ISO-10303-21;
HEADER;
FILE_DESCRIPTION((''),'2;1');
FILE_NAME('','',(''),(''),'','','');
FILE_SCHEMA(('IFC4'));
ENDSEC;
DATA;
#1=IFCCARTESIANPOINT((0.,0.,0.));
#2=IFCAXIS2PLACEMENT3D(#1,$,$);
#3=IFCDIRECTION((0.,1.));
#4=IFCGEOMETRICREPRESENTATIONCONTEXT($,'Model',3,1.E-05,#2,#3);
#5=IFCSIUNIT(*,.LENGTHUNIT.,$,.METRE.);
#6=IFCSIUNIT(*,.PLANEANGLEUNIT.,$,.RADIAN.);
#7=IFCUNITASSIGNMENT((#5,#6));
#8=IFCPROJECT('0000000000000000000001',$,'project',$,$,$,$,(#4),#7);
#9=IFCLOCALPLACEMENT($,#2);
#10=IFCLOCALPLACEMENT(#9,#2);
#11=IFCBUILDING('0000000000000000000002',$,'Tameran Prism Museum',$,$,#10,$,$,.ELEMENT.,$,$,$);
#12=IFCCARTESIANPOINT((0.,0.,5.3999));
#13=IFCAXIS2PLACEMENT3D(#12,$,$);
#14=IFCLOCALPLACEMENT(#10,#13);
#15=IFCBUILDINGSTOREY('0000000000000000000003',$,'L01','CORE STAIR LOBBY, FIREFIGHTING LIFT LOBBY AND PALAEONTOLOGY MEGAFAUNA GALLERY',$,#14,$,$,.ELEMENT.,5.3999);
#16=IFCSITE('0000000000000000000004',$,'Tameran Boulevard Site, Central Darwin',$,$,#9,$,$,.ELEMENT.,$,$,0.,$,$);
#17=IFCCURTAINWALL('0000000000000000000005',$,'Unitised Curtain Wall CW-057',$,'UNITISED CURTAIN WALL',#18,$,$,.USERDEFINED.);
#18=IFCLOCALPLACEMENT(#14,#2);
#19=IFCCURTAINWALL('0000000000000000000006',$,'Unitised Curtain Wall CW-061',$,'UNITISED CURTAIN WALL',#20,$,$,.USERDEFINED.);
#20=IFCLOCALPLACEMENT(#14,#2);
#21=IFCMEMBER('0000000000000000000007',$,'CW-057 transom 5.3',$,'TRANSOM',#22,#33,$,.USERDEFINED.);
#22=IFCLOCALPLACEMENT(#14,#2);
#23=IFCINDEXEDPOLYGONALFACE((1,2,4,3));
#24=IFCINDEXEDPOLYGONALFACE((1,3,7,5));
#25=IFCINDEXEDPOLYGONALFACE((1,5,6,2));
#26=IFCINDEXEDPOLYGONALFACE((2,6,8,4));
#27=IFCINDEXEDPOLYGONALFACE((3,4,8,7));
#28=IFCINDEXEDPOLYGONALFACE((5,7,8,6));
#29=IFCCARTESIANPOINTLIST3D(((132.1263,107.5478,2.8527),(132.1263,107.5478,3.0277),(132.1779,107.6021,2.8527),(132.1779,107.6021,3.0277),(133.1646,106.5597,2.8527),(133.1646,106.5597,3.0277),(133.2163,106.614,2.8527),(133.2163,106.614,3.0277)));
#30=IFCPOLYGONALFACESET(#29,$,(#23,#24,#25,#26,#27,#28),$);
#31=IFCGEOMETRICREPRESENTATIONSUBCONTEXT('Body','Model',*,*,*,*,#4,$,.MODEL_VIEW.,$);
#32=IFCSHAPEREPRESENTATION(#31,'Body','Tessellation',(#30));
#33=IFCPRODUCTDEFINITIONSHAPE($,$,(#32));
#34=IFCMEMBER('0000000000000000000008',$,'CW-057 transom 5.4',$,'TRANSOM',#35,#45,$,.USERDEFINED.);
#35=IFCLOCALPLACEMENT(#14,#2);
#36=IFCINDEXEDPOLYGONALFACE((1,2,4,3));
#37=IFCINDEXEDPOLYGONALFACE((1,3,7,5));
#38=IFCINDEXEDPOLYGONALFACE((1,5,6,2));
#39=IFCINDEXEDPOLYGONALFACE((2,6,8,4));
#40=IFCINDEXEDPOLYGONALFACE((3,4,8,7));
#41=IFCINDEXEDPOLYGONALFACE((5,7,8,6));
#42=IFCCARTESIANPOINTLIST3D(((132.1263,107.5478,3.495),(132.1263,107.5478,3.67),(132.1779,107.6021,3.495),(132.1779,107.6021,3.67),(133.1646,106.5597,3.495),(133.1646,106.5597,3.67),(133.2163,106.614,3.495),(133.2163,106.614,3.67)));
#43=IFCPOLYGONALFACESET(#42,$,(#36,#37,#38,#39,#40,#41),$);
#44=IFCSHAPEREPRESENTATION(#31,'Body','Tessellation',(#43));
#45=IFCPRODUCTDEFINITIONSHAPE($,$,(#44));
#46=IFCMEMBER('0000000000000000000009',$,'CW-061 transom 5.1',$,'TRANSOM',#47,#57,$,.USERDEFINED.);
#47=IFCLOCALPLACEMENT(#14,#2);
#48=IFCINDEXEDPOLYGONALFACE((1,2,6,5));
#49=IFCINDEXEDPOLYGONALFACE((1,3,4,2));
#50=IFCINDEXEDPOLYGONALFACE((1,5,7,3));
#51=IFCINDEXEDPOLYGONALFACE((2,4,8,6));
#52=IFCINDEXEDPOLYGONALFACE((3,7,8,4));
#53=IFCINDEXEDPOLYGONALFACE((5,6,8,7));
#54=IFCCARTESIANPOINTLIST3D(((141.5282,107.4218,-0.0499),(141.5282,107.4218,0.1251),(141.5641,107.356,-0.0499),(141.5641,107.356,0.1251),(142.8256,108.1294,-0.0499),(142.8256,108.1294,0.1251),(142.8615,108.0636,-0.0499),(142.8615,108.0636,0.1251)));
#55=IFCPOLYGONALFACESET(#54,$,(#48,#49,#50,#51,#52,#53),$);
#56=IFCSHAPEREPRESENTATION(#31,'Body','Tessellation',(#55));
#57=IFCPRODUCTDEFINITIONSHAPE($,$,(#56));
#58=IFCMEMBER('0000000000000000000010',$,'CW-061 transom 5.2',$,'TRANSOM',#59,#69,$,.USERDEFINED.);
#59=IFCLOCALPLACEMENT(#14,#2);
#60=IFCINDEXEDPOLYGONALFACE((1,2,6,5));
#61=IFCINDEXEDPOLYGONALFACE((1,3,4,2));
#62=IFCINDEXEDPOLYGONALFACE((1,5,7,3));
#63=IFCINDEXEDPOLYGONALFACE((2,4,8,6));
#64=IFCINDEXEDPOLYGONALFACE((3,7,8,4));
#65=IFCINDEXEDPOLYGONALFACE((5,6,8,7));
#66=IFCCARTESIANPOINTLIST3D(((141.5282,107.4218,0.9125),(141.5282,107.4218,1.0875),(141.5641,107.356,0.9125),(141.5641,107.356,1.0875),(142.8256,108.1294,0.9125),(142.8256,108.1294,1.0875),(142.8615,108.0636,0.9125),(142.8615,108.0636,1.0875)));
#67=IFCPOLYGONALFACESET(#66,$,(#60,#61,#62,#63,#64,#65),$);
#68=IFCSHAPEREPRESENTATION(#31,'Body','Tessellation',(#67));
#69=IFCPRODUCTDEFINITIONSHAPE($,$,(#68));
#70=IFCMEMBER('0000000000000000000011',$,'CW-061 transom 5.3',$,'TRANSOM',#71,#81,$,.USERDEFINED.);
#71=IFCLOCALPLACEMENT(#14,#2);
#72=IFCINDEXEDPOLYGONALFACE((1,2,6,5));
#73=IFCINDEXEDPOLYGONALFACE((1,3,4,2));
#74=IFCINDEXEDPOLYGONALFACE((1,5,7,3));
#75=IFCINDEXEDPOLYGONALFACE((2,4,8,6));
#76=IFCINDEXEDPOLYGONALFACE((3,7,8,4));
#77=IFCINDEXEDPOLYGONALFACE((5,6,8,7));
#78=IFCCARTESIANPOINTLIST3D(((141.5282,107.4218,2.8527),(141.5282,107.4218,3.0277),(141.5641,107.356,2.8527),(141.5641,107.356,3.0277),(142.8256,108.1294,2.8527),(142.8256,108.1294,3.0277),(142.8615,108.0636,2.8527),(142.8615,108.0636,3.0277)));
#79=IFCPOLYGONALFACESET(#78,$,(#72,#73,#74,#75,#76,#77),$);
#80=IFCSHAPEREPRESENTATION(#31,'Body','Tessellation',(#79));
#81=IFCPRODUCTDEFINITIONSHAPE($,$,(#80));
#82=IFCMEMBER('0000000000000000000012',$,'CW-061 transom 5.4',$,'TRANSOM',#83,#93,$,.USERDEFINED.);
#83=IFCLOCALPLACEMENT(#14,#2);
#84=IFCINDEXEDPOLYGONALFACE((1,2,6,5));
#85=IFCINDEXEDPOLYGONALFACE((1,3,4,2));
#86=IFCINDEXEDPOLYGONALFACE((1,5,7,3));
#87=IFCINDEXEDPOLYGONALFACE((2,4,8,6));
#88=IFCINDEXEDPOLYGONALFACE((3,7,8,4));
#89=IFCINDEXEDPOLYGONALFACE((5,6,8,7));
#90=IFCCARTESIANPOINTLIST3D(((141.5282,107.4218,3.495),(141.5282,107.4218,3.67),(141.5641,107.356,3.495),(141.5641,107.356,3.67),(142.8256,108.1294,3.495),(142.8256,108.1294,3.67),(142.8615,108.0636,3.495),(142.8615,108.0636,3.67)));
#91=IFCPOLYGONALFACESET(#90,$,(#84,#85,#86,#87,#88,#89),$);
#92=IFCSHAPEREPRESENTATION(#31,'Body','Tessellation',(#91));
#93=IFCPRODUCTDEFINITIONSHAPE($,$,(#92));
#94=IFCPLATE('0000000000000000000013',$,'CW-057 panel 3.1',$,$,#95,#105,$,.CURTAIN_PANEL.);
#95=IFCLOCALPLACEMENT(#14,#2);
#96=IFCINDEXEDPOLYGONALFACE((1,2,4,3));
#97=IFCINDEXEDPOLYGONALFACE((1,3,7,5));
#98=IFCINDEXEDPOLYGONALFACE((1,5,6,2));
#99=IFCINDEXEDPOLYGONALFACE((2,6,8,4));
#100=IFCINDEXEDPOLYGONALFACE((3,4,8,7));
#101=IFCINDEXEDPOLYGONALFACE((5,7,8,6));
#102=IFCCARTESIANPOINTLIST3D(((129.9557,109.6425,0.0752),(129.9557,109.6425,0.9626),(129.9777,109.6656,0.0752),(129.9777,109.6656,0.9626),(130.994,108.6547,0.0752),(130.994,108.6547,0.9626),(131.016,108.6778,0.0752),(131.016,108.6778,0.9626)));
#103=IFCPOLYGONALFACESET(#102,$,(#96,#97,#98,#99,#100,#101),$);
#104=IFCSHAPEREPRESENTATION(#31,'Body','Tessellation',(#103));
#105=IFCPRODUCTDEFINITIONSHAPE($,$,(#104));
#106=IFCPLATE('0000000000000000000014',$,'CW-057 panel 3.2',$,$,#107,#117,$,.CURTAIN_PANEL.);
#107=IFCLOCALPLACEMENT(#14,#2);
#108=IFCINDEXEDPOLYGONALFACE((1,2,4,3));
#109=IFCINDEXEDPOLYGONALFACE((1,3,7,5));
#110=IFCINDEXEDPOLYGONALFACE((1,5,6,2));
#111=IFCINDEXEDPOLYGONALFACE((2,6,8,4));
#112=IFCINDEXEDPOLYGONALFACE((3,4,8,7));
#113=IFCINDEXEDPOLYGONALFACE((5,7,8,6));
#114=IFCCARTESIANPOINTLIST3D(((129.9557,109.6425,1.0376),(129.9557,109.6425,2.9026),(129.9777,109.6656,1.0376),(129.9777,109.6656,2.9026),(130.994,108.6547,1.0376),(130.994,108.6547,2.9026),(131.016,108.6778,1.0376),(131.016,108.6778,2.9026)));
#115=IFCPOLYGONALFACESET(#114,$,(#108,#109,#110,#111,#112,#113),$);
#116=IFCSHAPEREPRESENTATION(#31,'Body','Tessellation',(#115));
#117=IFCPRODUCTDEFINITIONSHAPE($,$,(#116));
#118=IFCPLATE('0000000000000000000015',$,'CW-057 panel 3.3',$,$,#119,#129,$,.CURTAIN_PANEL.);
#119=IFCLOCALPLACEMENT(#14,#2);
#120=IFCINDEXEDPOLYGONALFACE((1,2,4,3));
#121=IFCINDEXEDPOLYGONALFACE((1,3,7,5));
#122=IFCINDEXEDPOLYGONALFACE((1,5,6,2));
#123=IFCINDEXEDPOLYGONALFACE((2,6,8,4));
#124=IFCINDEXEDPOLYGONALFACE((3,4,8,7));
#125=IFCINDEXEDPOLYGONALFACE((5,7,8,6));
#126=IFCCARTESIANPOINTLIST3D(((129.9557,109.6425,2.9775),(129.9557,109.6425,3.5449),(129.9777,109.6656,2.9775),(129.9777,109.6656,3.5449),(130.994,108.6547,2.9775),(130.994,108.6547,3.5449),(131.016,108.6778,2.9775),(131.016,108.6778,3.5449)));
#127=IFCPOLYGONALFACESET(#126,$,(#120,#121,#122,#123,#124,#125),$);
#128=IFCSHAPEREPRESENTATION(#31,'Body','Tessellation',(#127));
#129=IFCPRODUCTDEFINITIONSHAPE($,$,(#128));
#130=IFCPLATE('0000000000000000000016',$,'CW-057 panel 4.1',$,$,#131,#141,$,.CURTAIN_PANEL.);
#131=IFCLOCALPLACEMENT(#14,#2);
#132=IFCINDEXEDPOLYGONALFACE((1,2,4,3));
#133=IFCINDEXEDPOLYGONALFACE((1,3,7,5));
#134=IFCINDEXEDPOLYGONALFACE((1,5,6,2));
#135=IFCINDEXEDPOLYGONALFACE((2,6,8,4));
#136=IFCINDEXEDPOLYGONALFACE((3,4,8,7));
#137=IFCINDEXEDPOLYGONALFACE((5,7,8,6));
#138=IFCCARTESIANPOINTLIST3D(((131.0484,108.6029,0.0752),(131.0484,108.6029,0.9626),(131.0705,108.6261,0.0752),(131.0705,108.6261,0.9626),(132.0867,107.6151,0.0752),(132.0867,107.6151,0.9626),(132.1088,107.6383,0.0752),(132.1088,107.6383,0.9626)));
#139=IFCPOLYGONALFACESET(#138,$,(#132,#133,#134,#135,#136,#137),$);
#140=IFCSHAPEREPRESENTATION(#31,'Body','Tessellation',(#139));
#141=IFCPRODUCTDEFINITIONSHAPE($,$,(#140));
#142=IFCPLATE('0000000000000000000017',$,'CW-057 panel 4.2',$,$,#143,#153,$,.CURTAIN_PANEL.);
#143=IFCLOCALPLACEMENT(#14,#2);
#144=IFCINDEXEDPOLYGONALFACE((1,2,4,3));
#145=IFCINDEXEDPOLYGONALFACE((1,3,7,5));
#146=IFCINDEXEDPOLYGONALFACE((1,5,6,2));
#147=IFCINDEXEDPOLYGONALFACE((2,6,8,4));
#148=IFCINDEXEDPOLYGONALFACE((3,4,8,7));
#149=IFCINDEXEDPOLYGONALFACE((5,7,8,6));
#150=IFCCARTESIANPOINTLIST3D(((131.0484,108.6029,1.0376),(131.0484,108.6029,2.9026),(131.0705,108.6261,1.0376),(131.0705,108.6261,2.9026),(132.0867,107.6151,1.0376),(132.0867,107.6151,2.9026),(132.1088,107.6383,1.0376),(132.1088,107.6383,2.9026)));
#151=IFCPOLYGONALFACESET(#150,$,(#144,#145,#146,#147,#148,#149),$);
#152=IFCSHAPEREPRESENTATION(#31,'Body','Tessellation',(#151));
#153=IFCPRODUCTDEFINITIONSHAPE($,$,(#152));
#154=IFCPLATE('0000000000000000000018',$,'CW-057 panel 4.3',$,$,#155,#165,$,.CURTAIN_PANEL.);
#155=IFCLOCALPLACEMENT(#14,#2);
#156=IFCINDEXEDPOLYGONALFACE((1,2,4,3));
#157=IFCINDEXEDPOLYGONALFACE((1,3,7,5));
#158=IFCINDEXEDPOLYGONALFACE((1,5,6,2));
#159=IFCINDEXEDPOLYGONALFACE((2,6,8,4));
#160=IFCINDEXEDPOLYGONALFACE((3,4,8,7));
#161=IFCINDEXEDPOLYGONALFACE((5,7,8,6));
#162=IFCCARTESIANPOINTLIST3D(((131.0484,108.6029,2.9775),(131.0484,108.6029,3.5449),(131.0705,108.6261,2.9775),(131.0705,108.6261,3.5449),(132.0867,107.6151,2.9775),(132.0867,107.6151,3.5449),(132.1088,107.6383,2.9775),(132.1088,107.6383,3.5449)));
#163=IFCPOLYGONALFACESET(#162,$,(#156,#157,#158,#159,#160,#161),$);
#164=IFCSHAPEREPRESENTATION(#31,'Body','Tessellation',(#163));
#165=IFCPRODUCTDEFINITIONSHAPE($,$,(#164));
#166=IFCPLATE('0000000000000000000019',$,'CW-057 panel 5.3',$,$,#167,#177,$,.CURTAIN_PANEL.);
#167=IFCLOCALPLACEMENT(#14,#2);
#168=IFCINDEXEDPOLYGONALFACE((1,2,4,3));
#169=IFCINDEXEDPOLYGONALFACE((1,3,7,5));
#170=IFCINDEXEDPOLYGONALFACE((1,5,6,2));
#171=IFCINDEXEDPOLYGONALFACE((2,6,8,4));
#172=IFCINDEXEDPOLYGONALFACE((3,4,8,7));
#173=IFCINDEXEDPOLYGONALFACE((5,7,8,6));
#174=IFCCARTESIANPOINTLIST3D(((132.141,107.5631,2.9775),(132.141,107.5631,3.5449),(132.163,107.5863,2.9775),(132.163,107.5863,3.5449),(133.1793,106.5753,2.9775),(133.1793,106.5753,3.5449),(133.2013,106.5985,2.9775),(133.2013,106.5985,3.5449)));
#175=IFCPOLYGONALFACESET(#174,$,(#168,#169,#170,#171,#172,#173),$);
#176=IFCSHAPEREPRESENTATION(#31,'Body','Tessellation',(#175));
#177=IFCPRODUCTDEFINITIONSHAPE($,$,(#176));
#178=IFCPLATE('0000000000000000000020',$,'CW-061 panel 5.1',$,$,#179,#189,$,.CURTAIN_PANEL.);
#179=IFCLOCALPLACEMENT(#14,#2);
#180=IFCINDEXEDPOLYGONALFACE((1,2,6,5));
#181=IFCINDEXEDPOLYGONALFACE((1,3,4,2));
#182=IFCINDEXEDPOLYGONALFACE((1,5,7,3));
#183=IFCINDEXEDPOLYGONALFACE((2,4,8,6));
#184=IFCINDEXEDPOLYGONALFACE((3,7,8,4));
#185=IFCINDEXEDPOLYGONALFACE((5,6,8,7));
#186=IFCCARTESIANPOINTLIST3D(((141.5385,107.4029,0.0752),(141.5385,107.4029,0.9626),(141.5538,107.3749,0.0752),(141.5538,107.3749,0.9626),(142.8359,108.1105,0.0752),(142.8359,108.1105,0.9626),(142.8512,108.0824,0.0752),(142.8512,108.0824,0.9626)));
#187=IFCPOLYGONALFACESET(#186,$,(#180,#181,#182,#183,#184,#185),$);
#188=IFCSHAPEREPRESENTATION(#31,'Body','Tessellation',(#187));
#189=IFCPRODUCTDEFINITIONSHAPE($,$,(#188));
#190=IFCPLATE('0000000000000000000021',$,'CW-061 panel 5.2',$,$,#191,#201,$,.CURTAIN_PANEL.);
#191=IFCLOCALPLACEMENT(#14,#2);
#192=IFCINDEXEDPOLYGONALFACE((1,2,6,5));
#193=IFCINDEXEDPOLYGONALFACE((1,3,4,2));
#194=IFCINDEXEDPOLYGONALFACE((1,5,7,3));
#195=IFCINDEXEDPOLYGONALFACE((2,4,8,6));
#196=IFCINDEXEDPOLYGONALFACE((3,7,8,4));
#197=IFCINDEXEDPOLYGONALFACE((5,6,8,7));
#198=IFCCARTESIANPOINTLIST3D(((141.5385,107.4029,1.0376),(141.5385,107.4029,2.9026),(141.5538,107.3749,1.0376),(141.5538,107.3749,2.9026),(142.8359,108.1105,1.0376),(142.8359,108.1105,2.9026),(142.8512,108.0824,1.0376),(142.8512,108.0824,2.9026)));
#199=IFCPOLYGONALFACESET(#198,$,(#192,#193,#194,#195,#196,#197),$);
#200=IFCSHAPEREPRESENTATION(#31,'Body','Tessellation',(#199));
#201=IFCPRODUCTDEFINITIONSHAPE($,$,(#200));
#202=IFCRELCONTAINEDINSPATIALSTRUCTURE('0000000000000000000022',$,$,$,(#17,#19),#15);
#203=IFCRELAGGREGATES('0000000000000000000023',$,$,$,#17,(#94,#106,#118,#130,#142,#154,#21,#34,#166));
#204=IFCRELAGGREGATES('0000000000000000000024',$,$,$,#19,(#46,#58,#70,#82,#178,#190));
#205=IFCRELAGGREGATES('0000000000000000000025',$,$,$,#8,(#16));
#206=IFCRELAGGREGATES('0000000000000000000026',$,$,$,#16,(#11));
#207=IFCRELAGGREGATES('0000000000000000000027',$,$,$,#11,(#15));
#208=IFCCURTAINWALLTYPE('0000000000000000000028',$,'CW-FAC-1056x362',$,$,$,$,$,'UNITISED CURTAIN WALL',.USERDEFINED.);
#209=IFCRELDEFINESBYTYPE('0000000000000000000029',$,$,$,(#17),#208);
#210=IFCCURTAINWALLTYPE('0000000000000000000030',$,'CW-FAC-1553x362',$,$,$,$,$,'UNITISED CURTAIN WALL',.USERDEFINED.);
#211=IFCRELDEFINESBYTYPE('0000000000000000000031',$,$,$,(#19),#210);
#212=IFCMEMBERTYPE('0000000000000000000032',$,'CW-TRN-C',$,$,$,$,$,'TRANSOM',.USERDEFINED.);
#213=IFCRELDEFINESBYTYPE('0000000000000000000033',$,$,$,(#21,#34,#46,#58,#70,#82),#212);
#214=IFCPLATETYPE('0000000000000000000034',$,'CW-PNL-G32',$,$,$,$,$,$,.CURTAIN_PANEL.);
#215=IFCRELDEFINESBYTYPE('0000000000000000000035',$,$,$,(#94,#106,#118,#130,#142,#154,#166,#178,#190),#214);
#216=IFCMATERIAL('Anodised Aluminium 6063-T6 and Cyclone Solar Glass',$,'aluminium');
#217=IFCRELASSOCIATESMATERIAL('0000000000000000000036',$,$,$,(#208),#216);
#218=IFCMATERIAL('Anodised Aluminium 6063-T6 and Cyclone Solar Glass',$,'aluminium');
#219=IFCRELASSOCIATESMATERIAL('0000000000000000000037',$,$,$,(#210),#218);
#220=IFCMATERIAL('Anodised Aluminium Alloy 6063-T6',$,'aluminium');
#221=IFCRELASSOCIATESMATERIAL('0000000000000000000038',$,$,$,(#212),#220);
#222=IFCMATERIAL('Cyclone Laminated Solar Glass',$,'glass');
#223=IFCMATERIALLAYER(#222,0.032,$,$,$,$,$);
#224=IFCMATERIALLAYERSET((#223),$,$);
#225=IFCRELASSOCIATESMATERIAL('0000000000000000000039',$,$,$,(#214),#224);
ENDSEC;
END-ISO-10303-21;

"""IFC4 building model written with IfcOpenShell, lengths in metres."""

from ifc_helpers import new_model, si_unit, direction, frame, origin, origin_2d, place, context, subcontext, project, spatial, rectangle, extrude, material, layer, layer_set, material_profile, profile_set, type_object, element, aggregate, save


model = new_model("IFC4")

# Units and contexts
model_context = context("Model", 3, precision=1e-05, world=origin(), true_north=direction((0.0, 1.0)))
body_context = subcontext(model_context, "Body", "Model", "MODEL_VIEW")
ifc_project = project(units=[si_unit("LENGTHUNIT", "METRE"), si_unit("PLANEANGLEUNIT", "RADIAN")], contexts=[model_context])

# Site, building, storey
site_placement = place(None, origin())
site = spatial("IfcSite", under=ifc_project, at=site_placement, Name="Tameran Boulevard Site, Central Darwin", CompositionType="ELEMENT", RefElevation=0.0)
building_placement = place(site_placement, origin())
building = spatial("IfcBuilding", under=site, at=building_placement, Name="Tameran Prism Museum", CompositionType="ELEMENT")
storey_placement = place(building_placement, frame((0.0, 0.0, 5.3999)))
storey = spatial("IfcBuildingStorey", under=building, at=storey_placement, Name="L01", Description="CORE STAIR LOBBY, FIREFIGHTING LIFT LOBBY AND PALAEONTOLOGY MEGAFAUNA GALLERY", CompositionType="ELEMENT", Elevation=5.3999)

# Curtain wall
ifc_material_1 = material(Name="Anodised Aluminium 6063-T6 and Cyclone Solar Glass", Category="aluminium")
curtain_wall_type_1 = type_object("IfcCurtainWallType", Name="CW-FAC-1056x362", ElementType="UNITISED CURTAIN WALL", PredefinedType="USERDEFINED", material=ifc_material_1)
curtain_wall_1_placement = place(storey_placement, origin())
curtain_wall_1 = element("IfcCurtainWall", 1, at=curtain_wall_1_placement, inside=storey, type_object=curtain_wall_type_1, Name="Unitised Curtain Wall CW-057", ObjectType="UNITISED CURTAIN WALL", PredefinedType="USERDEFINED")

# Curtain wall
ifc_material_2 = material(Name="Anodised Aluminium 6063-T6 and Cyclone Solar Glass", Category="aluminium")
curtain_wall_type_2 = type_object("IfcCurtainWallType", Name="CW-FAC-1553x362", ElementType="UNITISED CURTAIN WALL", PredefinedType="USERDEFINED", material=ifc_material_2)
curtain_wall_2_placement = place(storey_placement, origin())
curtain_wall_2 = element("IfcCurtainWall", 2, at=curtain_wall_2_placement, inside=storey, type_object=curtain_wall_type_2, Name="Unitised Curtain Wall CW-061", ObjectType="UNITISED CURTAIN WALL", PredefinedType="USERDEFINED")

# Members
ifc_material_3 = material(Name="Anodised Aluminium Alloy 6063-T6", Category="aluminium")
ifc_material_profile_1 = material_profile(ifc_material_3, rectangle(XDim=0.075, YDim=0.175, at=origin_2d()))
ifc_profile_set_1 = profile_set([ifc_material_profile_1])
member_type_1 = type_object("IfcMemberType", Name="CW-TRN-C", ElementType="TRANSOM", PredefinedType="USERDEFINED", material=ifc_profile_set_1)
member_1_placement = place(storey_placement, frame((132.1521, 107.575, 2.9402), z_axis=(0.724434, -0.689345, 0.0), x_axis=(0.689345, 0.724434, 0.0)))
member_1 = element("IfcMember", 3, at=member_1_placement, type_object=member_type_1, Name="CW-057 transom 5.3", ObjectType="TRANSOM", PredefinedType="USERDEFINED", context=body_context, shape_type="SweptSolid", body=[
    extrude(rectangle(XDim=0.075, YDim=0.175, at=origin_2d()), origin(), (0.0, 0.0, 1.0), 1.4333),
])
member_2_placement = place(storey_placement, frame((132.1521, 107.575, 3.5825), z_axis=(0.724434, -0.689345, 0.0), x_axis=(0.689345, 0.724434, 0.0)))
member_2 = element("IfcMember", 4, at=member_2_placement, type_object=member_type_1, Name="CW-057 transom 5.4", ObjectType="TRANSOM", PredefinedType="USERDEFINED", context=body_context, shape_type="SweptSolid", body=[
    extrude(rectangle(XDim=0.075, YDim=0.175, at=origin_2d()), origin(), (0.0, 0.0, 1.0), 1.4333),
])
member_3_placement = place(storey_placement, frame((141.5461, 107.3889, 0.0376), z_axis=(0.877933, 0.478783, 0.0), x_axis=(-0.478783, 0.877933, 0.0)))
member_3 = element("IfcMember", 5, at=member_3_placement, type_object=member_type_1, Name="CW-061 transom 5.1", ObjectType="TRANSOM", PredefinedType="USERDEFINED", context=body_context, shape_type="SweptSolid", body=[
    extrude(rectangle(XDim=0.075, YDim=0.175, at=origin_2d()), origin(), (0.0, 0.0, 1.0), 1.4778),
])
member_4_placement = place(storey_placement, frame((141.5461, 107.3889, 1.0), z_axis=(0.877933, 0.478783, 0.0), x_axis=(-0.478783, 0.877933, 0.0)))
member_4 = element("IfcMember", 6, at=member_4_placement, type_object=member_type_1, Name="CW-061 transom 5.2", ObjectType="TRANSOM", PredefinedType="USERDEFINED", context=body_context, shape_type="SweptSolid", body=[
    extrude(rectangle(XDim=0.075, YDim=0.175, at=origin_2d()), origin(), (0.0, 0.0, 1.0), 1.4778),
])
member_5_placement = place(storey_placement, frame((141.5461, 107.3889, 2.9402), z_axis=(0.877933, 0.478783, 0.0), x_axis=(-0.478783, 0.877933, 0.0)))
member_5 = element("IfcMember", 7, at=member_5_placement, type_object=member_type_1, Name="CW-061 transom 5.3", ObjectType="TRANSOM", PredefinedType="USERDEFINED", context=body_context, shape_type="SweptSolid", body=[
    extrude(rectangle(XDim=0.075, YDim=0.175, at=origin_2d()), origin(), (0.0, 0.0, 1.0), 1.4778),
])
member_6_placement = place(storey_placement, frame((141.5461, 107.3889, 3.5825), z_axis=(0.877933, 0.478783, 0.0), x_axis=(-0.478783, 0.877933, 0.0)))
member_6 = element("IfcMember", 8, at=member_6_placement, type_object=member_type_1, Name="CW-061 transom 5.4", ObjectType="TRANSOM", PredefinedType="USERDEFINED", context=body_context, shape_type="SweptSolid", body=[
    extrude(rectangle(XDim=0.075, YDim=0.175, at=origin_2d()), origin(), (0.0, 0.0, 1.0), 1.4778),
])

# Plates
ifc_material_4 = material(Name="Cyclone Laminated Solar Glass", Category="glass")
ifc_layer_1 = layer(ifc_material_4, 0.032)
ifc_layer_set_1 = layer_set([ifc_layer_1])
plate_type = type_object("IfcPlateType", Name="CW-PNL-G32", PredefinedType="CURTAIN_PANEL", material=ifc_layer_set_1)
plate_1_placement = place(storey_placement, frame((130.4858, 109.1602, 0.0752), z_axis=(0.0, 0.0, 1.0), x_axis=(0.724505, -0.68927, 0.0)))
plate_1 = element("IfcPlate", 9, at=plate_1_placement, type_object=plate_type, Name="CW-057 panel 3.1", PredefinedType="CURTAIN_PANEL", context=body_context, shape_type="SweptSolid", body=[
    extrude(rectangle(XDim=1.4331, YDim=0.032, at=origin_2d()), origin(), (0.0, 0.0, 1.0), 0.8875),
])
plate_2_placement = place(storey_placement, frame((130.4858, 109.1602, 1.0376), z_axis=(0.0, 0.0, 1.0), x_axis=(0.724505, -0.68927, 0.0)))
plate_2 = element("IfcPlate", 10, at=plate_2_placement, type_object=plate_type, Name="CW-057 panel 3.2", PredefinedType="CURTAIN_PANEL", context=body_context, shape_type="SweptSolid", body=[
    extrude(rectangle(XDim=1.4331, YDim=0.032, at=origin_2d()), origin(), (0.0, 0.0, 1.0), 1.865),
])
plate_3_placement = place(storey_placement, frame((130.4858, 109.1602, 2.9775), z_axis=(0.0, 0.0, 1.0), x_axis=(0.724505, -0.68927, 0.0)))
plate_3 = element("IfcPlate", 11, at=plate_3_placement, type_object=plate_type, Name="CW-057 panel 3.3", PredefinedType="CURTAIN_PANEL", context=body_context, shape_type="SweptSolid", body=[
    extrude(rectangle(XDim=1.4331, YDim=0.032, at=origin_2d()), origin(), (0.0, 0.0, 1.0), 0.5674),
])
plate_4_placement = place(storey_placement, frame((131.5786, 108.1206, 0.0752), z_axis=(0.0, 0.0, 1.0), x_axis=(0.724505, -0.68927, 0.0)))
plate_4 = element("IfcPlate", 12, at=plate_4_placement, type_object=plate_type, Name="CW-057 panel 4.1", PredefinedType="CURTAIN_PANEL", context=body_context, shape_type="SweptSolid", body=[
    extrude(rectangle(XDim=1.4331, YDim=0.032, at=origin_2d()), origin(), (0.0, 0.0, 1.0), 0.8875),
])
plate_5_placement = place(storey_placement, frame((131.5786, 108.1206, 1.0376), z_axis=(0.0, 0.0, 1.0), x_axis=(0.724505, -0.68927, 0.0)))
plate_5 = element("IfcPlate", 13, at=plate_5_placement, type_object=plate_type, Name="CW-057 panel 4.2", PredefinedType="CURTAIN_PANEL", context=body_context, shape_type="SweptSolid", body=[
    extrude(rectangle(XDim=1.4331, YDim=0.032, at=origin_2d()), origin(), (0.0, 0.0, 1.0), 1.865),
])
plate_6_placement = place(storey_placement, frame((131.5786, 108.1206, 2.9775), z_axis=(0.0, 0.0, 1.0), x_axis=(0.724505, -0.68927, 0.0)))
plate_6 = element("IfcPlate", 14, at=plate_6_placement, type_object=plate_type, Name="CW-057 panel 4.3", PredefinedType="CURTAIN_PANEL", context=body_context, shape_type="SweptSolid", body=[
    extrude(rectangle(XDim=1.4331, YDim=0.032, at=origin_2d()), origin(), (0.0, 0.0, 1.0), 0.5674),
])
plate_7_placement = place(storey_placement, frame((132.6711, 107.0808, 2.9775), z_axis=(0.0, 0.0, 1.0), x_axis=(0.724505, -0.68927, 0.0)))
plate_7 = element("IfcPlate", 15, at=plate_7_placement, type_object=plate_type, Name="CW-057 panel 5.3", PredefinedType="CURTAIN_PANEL", context=body_context, shape_type="SweptSolid", body=[
    extrude(rectangle(XDim=1.4331, YDim=0.032, at=origin_2d()), origin(), (0.0, 0.0, 1.0), 0.5674),
])
aggregate(curtain_wall_1, [plate_1, plate_2, plate_3, plate_4, plate_5, plate_6, member_1, member_2, plate_7])
plate_8_placement = place(storey_placement, frame((142.1948, 107.7427, 0.0752), z_axis=(0.0, 0.0, 1.0), x_axis=(0.877928, 0.478793, 0.0)))
plate_8 = element("IfcPlate", 16, at=plate_8_placement, type_object=plate_type, Name="CW-061 panel 5.1", PredefinedType="CURTAIN_PANEL", context=body_context, shape_type="SweptSolid", body=[
    extrude(rectangle(XDim=1.4778, YDim=0.032, at=origin_2d()), origin(), (0.0, 0.0, 1.0), 0.8875),
])
plate_9_placement = place(storey_placement, frame((142.1948, 107.7427, 1.0376), z_axis=(0.0, 0.0, 1.0), x_axis=(0.877928, 0.478793, 0.0)))
plate_9 = element("IfcPlate", 17, at=plate_9_placement, type_object=plate_type, Name="CW-061 panel 5.2", PredefinedType="CURTAIN_PANEL", context=body_context, shape_type="SweptSolid", body=[
    extrude(rectangle(XDim=1.4778, YDim=0.032, at=origin_2d()), origin(), (0.0, 0.0, 1.0), 1.865),
])
aggregate(curtain_wall_2, [member_3, member_4, member_5, member_6, plate_8, plate_9])

save(model, "model.ifc")
